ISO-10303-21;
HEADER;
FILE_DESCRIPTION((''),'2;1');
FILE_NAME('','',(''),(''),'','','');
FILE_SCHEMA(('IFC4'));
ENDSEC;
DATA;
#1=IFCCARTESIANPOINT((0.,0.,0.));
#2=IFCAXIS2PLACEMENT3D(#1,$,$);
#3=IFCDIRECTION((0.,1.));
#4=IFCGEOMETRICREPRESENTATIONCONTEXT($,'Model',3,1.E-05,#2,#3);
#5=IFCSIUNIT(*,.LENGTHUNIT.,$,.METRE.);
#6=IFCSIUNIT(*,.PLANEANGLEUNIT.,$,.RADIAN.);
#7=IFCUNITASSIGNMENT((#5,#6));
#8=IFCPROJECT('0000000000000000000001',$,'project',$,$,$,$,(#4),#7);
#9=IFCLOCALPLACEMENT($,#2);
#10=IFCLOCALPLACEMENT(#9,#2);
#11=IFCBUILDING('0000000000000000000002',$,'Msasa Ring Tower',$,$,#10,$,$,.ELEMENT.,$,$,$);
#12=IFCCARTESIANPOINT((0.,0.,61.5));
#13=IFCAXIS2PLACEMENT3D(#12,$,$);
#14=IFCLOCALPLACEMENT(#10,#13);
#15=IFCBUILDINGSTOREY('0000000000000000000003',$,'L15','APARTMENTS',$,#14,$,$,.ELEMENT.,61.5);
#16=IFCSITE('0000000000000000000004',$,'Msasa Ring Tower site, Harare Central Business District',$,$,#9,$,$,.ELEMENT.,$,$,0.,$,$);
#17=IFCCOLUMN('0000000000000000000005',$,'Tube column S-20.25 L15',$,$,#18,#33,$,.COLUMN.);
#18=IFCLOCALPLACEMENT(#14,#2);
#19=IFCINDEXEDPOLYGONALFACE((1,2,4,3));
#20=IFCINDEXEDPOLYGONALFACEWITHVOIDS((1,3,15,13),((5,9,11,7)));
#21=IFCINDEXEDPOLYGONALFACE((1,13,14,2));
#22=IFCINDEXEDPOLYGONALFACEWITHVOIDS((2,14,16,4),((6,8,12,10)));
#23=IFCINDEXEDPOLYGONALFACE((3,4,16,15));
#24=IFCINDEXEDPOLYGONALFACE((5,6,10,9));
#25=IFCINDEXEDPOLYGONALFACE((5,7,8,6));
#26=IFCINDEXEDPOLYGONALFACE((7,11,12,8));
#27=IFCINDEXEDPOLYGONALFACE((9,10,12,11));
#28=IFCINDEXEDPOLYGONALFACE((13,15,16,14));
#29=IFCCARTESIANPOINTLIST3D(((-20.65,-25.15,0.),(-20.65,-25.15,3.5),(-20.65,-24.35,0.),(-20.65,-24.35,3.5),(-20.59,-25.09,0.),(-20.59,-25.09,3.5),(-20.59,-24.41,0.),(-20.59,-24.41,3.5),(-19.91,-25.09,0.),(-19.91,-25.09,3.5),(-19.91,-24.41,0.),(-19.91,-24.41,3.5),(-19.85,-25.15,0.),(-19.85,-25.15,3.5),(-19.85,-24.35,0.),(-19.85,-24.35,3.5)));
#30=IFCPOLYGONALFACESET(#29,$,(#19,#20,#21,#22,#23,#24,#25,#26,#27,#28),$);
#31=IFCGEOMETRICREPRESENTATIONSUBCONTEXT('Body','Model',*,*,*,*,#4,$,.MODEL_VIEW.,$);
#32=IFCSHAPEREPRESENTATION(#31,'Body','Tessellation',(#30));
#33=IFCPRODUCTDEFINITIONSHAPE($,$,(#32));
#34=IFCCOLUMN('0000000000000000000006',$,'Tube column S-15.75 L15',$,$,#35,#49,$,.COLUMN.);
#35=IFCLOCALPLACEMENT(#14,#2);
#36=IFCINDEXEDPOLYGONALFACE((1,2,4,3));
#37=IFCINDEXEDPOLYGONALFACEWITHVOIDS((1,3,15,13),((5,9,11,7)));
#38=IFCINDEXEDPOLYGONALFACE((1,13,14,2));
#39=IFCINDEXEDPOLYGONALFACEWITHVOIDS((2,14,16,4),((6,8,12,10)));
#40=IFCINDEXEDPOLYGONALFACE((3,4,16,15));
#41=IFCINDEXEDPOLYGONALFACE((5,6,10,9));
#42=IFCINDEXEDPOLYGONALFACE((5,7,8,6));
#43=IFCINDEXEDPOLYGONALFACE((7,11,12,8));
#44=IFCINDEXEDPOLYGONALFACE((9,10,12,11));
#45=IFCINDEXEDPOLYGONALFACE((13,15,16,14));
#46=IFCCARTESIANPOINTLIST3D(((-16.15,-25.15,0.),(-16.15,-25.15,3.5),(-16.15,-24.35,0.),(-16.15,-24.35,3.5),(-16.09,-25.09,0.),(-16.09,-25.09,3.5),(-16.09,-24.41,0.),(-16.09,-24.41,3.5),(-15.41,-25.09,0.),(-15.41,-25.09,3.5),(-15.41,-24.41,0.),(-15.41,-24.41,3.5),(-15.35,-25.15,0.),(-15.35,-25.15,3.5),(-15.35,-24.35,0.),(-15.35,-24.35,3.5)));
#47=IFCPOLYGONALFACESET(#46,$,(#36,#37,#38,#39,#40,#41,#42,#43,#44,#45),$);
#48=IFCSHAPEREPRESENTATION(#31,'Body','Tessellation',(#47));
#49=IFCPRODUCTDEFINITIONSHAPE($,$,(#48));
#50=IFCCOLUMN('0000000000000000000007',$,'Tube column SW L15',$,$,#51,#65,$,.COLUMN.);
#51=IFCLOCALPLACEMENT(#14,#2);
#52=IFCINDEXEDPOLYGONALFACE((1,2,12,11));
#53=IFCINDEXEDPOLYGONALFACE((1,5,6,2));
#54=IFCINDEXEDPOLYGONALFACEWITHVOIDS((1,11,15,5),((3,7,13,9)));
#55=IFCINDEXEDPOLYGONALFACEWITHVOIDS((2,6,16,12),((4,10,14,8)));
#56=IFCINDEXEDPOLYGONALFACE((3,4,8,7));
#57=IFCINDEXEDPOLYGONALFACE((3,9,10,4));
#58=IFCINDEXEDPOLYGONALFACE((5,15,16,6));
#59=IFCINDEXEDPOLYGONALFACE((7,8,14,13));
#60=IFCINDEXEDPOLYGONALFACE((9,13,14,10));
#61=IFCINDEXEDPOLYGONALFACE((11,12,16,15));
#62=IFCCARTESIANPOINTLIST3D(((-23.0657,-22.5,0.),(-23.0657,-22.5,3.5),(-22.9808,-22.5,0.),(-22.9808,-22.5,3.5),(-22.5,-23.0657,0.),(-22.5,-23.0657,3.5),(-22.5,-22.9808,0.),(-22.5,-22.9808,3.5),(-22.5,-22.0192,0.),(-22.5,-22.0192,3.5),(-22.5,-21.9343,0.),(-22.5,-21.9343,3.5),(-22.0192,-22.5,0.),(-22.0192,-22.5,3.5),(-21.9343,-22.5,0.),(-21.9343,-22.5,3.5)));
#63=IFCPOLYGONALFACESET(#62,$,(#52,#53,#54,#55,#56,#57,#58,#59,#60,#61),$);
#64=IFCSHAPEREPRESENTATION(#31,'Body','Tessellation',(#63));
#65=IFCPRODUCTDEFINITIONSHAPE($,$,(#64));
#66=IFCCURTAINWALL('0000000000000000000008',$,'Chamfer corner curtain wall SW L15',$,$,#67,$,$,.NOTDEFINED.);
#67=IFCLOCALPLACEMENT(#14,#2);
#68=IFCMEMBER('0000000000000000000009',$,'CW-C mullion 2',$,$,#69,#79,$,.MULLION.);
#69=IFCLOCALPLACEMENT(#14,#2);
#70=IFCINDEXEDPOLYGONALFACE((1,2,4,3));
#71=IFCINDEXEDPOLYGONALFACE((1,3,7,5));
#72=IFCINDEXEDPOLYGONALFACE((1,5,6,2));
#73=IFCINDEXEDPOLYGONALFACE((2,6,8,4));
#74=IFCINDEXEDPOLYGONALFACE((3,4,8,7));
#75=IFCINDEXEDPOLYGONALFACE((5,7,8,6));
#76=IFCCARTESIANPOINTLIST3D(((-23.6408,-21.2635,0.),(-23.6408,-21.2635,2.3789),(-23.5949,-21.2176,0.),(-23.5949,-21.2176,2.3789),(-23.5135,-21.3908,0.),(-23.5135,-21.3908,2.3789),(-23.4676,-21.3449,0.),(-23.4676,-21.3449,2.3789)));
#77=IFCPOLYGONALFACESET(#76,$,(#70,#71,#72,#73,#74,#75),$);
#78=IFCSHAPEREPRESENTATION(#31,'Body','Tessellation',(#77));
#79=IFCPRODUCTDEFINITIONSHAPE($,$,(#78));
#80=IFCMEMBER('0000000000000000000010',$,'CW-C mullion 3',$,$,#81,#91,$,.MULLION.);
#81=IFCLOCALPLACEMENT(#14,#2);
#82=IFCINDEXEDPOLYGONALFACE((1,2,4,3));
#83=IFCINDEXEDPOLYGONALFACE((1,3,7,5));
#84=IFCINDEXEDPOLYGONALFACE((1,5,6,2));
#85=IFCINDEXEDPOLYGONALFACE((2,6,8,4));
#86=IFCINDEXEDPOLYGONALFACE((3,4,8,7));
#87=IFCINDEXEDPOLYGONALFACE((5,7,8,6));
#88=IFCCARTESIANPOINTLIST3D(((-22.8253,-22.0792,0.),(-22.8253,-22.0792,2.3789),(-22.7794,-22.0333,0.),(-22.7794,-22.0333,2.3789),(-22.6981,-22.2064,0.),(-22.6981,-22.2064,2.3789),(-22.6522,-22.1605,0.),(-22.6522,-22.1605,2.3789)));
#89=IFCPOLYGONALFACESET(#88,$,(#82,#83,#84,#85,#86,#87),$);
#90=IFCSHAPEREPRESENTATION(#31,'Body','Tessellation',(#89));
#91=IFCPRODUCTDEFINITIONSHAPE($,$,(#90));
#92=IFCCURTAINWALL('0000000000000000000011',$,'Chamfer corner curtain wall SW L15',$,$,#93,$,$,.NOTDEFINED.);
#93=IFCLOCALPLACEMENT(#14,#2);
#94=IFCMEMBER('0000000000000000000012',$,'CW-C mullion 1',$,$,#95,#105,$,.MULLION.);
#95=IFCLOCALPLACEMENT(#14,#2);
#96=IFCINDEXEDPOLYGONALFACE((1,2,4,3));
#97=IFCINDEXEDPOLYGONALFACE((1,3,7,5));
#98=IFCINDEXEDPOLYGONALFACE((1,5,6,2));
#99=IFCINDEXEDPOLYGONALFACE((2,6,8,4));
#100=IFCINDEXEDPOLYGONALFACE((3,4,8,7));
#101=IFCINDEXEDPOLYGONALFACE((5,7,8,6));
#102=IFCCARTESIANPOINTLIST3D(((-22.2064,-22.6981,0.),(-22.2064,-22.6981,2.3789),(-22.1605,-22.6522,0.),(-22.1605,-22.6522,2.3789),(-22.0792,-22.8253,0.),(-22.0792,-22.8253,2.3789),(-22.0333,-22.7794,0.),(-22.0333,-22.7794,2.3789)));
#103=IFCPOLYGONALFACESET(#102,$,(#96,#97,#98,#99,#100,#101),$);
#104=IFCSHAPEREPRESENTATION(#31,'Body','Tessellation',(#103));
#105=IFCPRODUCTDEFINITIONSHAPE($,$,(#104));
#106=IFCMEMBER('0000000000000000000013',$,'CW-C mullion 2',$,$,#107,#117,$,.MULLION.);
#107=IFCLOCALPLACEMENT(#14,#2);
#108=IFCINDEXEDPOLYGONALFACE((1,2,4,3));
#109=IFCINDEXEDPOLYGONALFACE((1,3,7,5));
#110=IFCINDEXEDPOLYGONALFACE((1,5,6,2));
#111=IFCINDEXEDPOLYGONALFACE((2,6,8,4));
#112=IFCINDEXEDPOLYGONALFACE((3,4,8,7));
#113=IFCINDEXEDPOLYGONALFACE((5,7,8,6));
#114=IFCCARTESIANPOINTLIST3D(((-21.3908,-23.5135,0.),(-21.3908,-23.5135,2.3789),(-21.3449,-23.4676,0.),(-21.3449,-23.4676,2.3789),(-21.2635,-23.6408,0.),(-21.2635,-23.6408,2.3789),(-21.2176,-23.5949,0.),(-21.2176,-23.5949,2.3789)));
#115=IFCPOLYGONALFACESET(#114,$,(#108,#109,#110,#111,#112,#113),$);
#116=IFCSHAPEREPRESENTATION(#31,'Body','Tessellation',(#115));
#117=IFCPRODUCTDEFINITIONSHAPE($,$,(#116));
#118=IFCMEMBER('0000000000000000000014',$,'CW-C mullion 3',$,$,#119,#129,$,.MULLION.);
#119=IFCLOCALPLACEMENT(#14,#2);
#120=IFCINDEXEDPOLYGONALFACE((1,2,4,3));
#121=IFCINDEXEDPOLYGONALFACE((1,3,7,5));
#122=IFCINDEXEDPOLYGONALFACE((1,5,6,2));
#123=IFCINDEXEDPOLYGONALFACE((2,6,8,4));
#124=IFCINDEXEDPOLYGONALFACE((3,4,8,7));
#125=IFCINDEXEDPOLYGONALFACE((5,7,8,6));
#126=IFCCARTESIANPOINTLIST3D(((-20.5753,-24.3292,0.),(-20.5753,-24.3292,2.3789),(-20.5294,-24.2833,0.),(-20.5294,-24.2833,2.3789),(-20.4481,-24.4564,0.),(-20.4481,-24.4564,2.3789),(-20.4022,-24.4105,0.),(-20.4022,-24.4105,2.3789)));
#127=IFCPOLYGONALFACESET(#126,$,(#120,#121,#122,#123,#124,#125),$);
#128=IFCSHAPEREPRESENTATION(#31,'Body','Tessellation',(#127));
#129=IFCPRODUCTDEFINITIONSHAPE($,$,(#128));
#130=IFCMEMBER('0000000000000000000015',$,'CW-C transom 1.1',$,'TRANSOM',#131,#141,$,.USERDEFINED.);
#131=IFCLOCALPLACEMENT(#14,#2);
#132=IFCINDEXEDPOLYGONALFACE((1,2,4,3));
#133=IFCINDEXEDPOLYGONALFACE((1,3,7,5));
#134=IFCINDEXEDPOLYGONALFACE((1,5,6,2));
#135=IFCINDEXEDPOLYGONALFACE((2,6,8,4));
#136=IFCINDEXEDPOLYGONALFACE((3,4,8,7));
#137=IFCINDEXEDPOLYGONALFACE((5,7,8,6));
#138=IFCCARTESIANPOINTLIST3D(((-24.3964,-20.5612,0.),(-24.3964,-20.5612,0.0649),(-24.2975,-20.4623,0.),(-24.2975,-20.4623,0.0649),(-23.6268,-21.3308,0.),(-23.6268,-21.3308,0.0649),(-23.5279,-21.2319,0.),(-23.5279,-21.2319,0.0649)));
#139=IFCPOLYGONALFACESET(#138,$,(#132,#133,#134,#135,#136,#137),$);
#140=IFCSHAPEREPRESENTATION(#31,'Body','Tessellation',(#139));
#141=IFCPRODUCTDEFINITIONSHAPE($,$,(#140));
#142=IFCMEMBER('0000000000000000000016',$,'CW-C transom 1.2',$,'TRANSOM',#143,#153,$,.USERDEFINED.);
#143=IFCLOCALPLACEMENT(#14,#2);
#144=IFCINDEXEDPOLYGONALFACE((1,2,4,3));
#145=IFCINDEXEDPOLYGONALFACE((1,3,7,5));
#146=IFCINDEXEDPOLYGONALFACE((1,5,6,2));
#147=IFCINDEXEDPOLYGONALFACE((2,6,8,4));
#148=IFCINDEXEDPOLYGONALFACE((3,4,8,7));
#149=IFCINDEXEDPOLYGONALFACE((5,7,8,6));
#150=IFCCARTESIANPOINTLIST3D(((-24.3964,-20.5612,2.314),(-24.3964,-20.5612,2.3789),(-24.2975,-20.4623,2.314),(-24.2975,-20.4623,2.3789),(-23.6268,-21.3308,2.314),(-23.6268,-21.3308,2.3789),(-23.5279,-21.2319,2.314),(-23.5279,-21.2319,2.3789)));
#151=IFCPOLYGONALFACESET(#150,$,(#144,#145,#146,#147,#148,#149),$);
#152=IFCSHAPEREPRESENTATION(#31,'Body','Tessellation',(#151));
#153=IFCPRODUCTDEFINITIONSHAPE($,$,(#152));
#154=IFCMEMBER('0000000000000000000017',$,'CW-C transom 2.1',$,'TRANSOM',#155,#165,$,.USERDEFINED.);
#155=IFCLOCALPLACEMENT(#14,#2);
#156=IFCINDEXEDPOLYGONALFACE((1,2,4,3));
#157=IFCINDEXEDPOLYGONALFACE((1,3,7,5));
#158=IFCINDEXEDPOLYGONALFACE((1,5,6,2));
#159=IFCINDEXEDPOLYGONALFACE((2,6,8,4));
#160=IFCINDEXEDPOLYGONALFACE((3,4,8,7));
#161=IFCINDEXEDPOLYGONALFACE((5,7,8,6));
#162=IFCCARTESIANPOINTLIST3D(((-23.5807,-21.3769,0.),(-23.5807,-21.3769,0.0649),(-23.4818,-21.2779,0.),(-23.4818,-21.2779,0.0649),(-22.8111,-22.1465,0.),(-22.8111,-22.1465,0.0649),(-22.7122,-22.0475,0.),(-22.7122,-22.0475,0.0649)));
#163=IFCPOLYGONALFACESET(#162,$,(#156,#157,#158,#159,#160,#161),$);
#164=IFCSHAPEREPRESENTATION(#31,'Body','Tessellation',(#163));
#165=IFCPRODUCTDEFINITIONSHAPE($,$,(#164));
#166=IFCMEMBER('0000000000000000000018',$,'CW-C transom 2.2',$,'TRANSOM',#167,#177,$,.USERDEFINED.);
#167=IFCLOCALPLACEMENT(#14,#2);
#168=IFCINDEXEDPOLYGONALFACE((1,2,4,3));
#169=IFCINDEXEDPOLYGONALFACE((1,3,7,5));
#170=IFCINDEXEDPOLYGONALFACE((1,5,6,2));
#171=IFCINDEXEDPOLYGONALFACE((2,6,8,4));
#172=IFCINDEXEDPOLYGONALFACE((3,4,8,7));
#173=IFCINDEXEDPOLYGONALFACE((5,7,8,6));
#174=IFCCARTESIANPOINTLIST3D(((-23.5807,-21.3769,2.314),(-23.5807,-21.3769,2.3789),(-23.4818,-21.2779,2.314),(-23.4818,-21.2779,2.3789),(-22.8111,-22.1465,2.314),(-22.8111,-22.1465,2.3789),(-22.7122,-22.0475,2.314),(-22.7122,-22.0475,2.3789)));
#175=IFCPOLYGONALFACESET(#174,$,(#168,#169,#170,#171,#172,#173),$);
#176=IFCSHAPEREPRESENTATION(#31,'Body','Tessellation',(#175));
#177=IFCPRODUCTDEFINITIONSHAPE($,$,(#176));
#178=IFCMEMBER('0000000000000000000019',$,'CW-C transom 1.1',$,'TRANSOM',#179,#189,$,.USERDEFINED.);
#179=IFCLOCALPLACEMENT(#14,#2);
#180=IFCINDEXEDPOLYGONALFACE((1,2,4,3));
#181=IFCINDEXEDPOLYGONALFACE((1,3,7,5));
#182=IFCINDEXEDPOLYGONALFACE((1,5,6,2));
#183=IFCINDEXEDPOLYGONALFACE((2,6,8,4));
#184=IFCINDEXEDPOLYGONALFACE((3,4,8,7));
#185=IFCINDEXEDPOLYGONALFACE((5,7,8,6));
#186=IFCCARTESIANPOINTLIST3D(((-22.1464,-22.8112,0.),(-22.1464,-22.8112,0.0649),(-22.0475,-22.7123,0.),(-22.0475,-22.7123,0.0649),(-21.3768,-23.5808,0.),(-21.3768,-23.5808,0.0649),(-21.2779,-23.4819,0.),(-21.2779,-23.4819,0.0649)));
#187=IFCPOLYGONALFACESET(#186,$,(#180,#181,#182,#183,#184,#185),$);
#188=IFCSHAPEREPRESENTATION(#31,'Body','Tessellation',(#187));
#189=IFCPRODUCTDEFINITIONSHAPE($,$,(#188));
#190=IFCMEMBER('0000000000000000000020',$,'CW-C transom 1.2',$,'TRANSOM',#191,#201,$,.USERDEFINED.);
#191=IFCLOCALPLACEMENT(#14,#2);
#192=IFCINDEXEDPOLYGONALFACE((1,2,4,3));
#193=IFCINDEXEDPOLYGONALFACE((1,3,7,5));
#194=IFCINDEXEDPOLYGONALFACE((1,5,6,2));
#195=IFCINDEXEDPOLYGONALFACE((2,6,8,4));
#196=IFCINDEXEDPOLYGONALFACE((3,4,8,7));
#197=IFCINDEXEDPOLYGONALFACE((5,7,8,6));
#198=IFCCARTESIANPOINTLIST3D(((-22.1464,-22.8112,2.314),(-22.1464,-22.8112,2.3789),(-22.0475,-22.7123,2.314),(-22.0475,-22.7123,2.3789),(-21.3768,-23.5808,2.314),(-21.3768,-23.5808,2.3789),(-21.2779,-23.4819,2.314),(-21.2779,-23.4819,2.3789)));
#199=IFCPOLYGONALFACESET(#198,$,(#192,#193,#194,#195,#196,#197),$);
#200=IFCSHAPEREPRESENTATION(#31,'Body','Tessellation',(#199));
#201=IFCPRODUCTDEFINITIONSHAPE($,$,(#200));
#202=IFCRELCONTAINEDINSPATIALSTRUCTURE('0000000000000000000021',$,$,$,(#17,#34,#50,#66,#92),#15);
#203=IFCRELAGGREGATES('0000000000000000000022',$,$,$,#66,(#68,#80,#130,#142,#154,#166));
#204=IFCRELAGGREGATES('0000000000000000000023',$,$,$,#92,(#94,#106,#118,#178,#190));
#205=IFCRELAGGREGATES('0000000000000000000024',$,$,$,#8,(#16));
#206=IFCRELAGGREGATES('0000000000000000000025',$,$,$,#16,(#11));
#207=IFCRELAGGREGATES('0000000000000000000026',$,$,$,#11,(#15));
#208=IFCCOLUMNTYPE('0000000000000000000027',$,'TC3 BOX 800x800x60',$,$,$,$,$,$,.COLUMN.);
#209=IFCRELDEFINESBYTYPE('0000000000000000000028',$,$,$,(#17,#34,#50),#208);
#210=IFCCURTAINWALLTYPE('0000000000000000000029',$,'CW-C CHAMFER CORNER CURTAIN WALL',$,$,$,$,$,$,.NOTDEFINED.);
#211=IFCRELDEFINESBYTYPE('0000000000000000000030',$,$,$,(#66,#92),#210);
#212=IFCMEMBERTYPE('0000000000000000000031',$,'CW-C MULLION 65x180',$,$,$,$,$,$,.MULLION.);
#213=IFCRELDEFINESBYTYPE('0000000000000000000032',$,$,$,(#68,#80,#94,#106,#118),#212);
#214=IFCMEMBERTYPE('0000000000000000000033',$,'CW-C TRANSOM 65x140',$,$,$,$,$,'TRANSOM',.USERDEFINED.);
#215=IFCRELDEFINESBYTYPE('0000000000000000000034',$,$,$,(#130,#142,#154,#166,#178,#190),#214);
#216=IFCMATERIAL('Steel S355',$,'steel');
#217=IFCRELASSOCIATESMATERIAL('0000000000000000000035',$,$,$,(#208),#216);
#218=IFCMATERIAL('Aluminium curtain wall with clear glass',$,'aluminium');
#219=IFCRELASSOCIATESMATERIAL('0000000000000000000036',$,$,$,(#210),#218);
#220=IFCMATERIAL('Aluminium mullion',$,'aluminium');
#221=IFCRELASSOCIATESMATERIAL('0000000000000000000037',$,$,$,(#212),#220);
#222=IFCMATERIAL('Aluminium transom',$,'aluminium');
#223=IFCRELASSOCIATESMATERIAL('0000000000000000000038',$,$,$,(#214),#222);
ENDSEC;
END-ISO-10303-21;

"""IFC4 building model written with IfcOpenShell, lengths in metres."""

from ifc_helpers import new_model, si_unit, direction, frame, origin, origin_2d, place, context, subcontext, project, spatial, rectangle, hollow_rectangle, extrude, material, material_profile, profile_set, type_object, element, aggregate, save


model = new_model("IFC4")

# Units and contexts
model_context = context("Model", 3, precision=1e-05, world=origin(), true_north=direction((0.0, 1.0)))
body_context = subcontext(model_context, "Body", "Model", "MODEL_VIEW")
ifc_project = project(units=[si_unit("LENGTHUNIT", "METRE"), si_unit("PLANEANGLEUNIT", "RADIAN")], contexts=[model_context])

# Site, building, storey
site_placement = place(None, origin())
site = spatial("IfcSite", under=ifc_project, at=site_placement, Name="Msasa Ring Tower site, Harare Central Business District", CompositionType="ELEMENT", RefElevation=0.0)
building_placement = place(site_placement, origin())
building = spatial("IfcBuilding", under=site, at=building_placement, Name="Msasa Ring Tower", CompositionType="ELEMENT")
storey_placement = place(building_placement, frame((0.0, 0.0, 61.5)))
storey = spatial("IfcBuildingStorey", under=building, at=storey_placement, Name="L15", Description="APARTMENTS", CompositionType="ELEMENT", Elevation=61.5)

# Columns
ifc_material_1 = material(Name="Steel S355", Category="steel")
ifc_material_profile_1 = material_profile(ifc_material_1, hollow_rectangle(XDim=0.8, YDim=0.8, WallThickness=0.0601, at=origin_2d()), Name="BOX 800x800x60")
ifc_profile_set_1 = profile_set([ifc_material_profile_1], Name="Steel S355")
column_type = type_object("IfcColumnType", Name="TC3 BOX 800x800x60", PredefinedType="COLUMN", material=ifc_profile_set_1)
for number, where, z_axis, x_axis, name in (
    (1, (-20.25, -24.75, 0.0), (0.0, 0.0, 1.0), (0.0, 1.0, 0.0), "Tube column S-20.25 L15"),
    (2, (-15.75, -24.75, 0.0), (0.0, 0.0, 1.0), (0.0, 1.0, 0.0), "Tube column S-15.75 L15"),
    (3, (-22.5, -22.5, 0.0), (0.0, 0.0, 1.0), (0.707107, 0.707107, 0.0), "Tube column SW L15"),
):
    element("IfcColumn", number, at=place(storey_placement, frame(where, z_axis=z_axis, x_axis=x_axis)), inside=storey, type_object=column_type, Name=name, PredefinedType="COLUMN", context=body_context, shape_type="SweptSolid", body=[
        extrude(hollow_rectangle(XDim=0.8, YDim=0.8, WallThickness=0.0601, at=origin_2d()), origin(), (0.0, 0.0, 1.0), 3.5),
    ])

# Curtain walls, members
ifc_material_2 = material(Name="Aluminium curtain wall with clear glass", Category="aluminium")
curtain_wall_type = type_object("IfcCurtainWallType", Name="CW-C CHAMFER CORNER CURTAIN WALL", PredefinedType="NOTDEFINED", material=ifc_material_2)
curtain_wall_1_placement = place(storey_placement, origin())
curtain_wall_1 = element("IfcCurtainWall", 4, at=curtain_wall_1_placement, inside=storey, type_object=curtain_wall_type, Name="Chamfer corner curtain wall SW L15", PredefinedType="NOTDEFINED")
ifc_material_3 = material(Name="Aluminium mullion", Category="aluminium")
ifc_material_profile_2 = material_profile(ifc_material_3, rectangle(XDim=0.0649, YDim=0.1799, at=origin_2d()), Name="AL 65x180")
ifc_profile_set_2 = profile_set([ifc_material_profile_2], Name="Aluminium mullion")
member_type_1 = type_object("IfcMemberType", Name="CW-C MULLION 65x180", PredefinedType="MULLION", material=ifc_profile_set_2)
member_1_placement = place(storey_placement, frame((-23.5542, -21.3042, 0.0), z_axis=(0.0, 0.0, 1.0), x_axis=(0.707107, 0.707107, 0.0)))
member_1 = element("IfcMember", 5, at=member_1_placement, type_object=member_type_1, Name="CW-C mullion 2", PredefinedType="MULLION", context=body_context, shape_type="SweptSolid", body=[
    extrude(rectangle(XDim=0.0649, YDim=0.1799, at=origin_2d()), origin(), (0.0, 0.0, 1.0), 2.3789),
])
member_2_placement = place(storey_placement, frame((-22.7388, -22.1199, 0.0), z_axis=(0.0, 0.0, 1.0), x_axis=(0.707107, 0.707107, 0.0)))
member_2 = element("IfcMember", 6, at=member_2_placement, type_object=member_type_1, Name="CW-C mullion 3", PredefinedType="MULLION", context=body_context, shape_type="SweptSolid", body=[
    extrude(rectangle(XDim=0.0649, YDim=0.1799, at=origin_2d()), origin(), (0.0, 0.0, 1.0), 2.3789),
])
curtain_wall_2_placement = place(storey_placement, origin())
curtain_wall_2 = element("IfcCurtainWall", 7, at=curtain_wall_2_placement, inside=storey, type_object=curtain_wall_type, Name="Chamfer corner curtain wall SW L15", PredefinedType="NOTDEFINED")
member_3_placement = place(storey_placement, frame((-22.1199, -22.7388, 0.0), z_axis=(0.0, 0.0, 1.0), x_axis=(0.707107, 0.707107, 0.0)))
member_3 = element("IfcMember", 8, at=member_3_placement, type_object=member_type_1, Name="CW-C mullion 1", PredefinedType="MULLION", context=body_context, shape_type="SweptSolid", body=[
    extrude(rectangle(XDim=0.0649, YDim=0.1799, at=origin_2d()), origin(), (0.0, 0.0, 1.0), 2.3789),
])
member_4_placement = place(storey_placement, frame((-21.3042, -23.5542, 0.0), z_axis=(0.0, 0.0, 1.0), x_axis=(0.707107, 0.707107, 0.0)))
member_4 = element("IfcMember", 9, at=member_4_placement, type_object=member_type_1, Name="CW-C mullion 2", PredefinedType="MULLION", context=body_context, shape_type="SweptSolid", body=[
    extrude(rectangle(XDim=0.0649, YDim=0.1799, at=origin_2d()), origin(), (0.0, 0.0, 1.0), 2.3789),
])
member_5_placement = place(storey_placement, frame((-20.4888, -24.3699, 0.0), z_axis=(0.0, 0.0, 1.0), x_axis=(0.707107, 0.707107, 0.0)))
member_5 = element("IfcMember", 10, at=member_5_placement, type_object=member_type_1, Name="CW-C mullion 3", PredefinedType="MULLION", context=body_context, shape_type="SweptSolid", body=[
    extrude(rectangle(XDim=0.0649, YDim=0.1799, at=origin_2d()), origin(), (0.0, 0.0, 1.0), 2.3789),
])

# Members
ifc_material_4 = material(Name="Aluminium transom", Category="aluminium")
ifc_material_profile_3 = material_profile(ifc_material_4, rectangle(XDim=0.1399, YDim=0.0649, at=origin_2d()), Name="AL 65x140")
ifc_profile_set_3 = profile_set([ifc_material_profile_3], Name="Aluminium transom")
member_type_2 = type_object("IfcMemberType", Name="CW-C TRANSOM 65x140", ElementType="TRANSOM", PredefinedType="USERDEFINED", material=ifc_profile_set_3)
member_6_placement = place(storey_placement, frame((-24.3469, -20.5117, 0.0325), z_axis=(0.707107, -0.707107, 0.0), x_axis=(0.707107, 0.707107, 0.0)))
member_6 = element("IfcMember", 11, at=member_6_placement, type_object=member_type_2, Name="CW-C transom 1.1", ObjectType="TRANSOM", PredefinedType="USERDEFINED", context=body_context, shape_type="SweptSolid", body=[
    extrude(rectangle(XDim=0.1399, YDim=0.0649, at=origin_2d()), origin(), (0.0, 0.0, 1.0), 1.0884),
])
member_7_placement = place(storey_placement, frame((-24.3469, -20.5117, 2.3464), z_axis=(0.707107, -0.707107, 0.0), x_axis=(0.707107, 0.707107, 0.0)))
member_7 = element("IfcMember", 12, at=member_7_placement, type_object=member_type_2, Name="CW-C transom 1.2", ObjectType="TRANSOM", PredefinedType="USERDEFINED", context=body_context, shape_type="SweptSolid", body=[
    extrude(rectangle(XDim=0.1399, YDim=0.0649, at=origin_2d()), origin(), (0.0, 0.0, 1.0), 1.0884),
])
member_8_placement = place(storey_placement, frame((-23.5312, -21.3274, 0.0325), z_axis=(0.707107, -0.707107, 0.0), x_axis=(0.707107, 0.707107, 0.0)))
member_8 = element("IfcMember", 13, at=member_8_placement, type_object=member_type_2, Name="CW-C transom 2.1", ObjectType="TRANSOM", PredefinedType="USERDEFINED", context=body_context, shape_type="SweptSolid", body=[
    extrude(rectangle(XDim=0.1399, YDim=0.0649, at=origin_2d()), origin(), (0.0, 0.0, 1.0), 1.0884),
])
member_9_placement = place(storey_placement, frame((-23.5312, -21.3274, 2.3464), z_axis=(0.707107, -0.707107, 0.0), x_axis=(0.707107, 0.707107, 0.0)))
member_9 = element("IfcMember", 14, at=member_9_placement, type_object=member_type_2, Name="CW-C transom 2.2", ObjectType="TRANSOM", PredefinedType="USERDEFINED", context=body_context, shape_type="SweptSolid", body=[
    extrude(rectangle(XDim=0.1399, YDim=0.0649, at=origin_2d()), origin(), (0.0, 0.0, 1.0), 1.0884),
])
member_10_placement = place(storey_placement, frame((-22.0969, -22.7617, 0.0325), z_axis=(0.707107, -0.707107, 0.0), x_axis=(0.707107, 0.707107, 0.0)))
member_10 = element("IfcMember", 15, at=member_10_placement, type_object=member_type_2, Name="CW-C transom 1.1", ObjectType="TRANSOM", PredefinedType="USERDEFINED", context=body_context, shape_type="SweptSolid", body=[
    extrude(rectangle(XDim=0.1399, YDim=0.0649, at=origin_2d()), origin(), (0.0, 0.0, 1.0), 1.0884),
])
member_11_placement = place(storey_placement, frame((-22.0969, -22.7617, 2.3464), z_axis=(0.707107, -0.707107, 0.0), x_axis=(0.707107, 0.707107, 0.0)))
member_11 = element("IfcMember", 16, at=member_11_placement, type_object=member_type_2, Name="CW-C transom 1.2", ObjectType="TRANSOM", PredefinedType="USERDEFINED", context=body_context, shape_type="SweptSolid", body=[
    extrude(rectangle(XDim=0.1399, YDim=0.0649, at=origin_2d()), origin(), (0.0, 0.0, 1.0), 1.0884),
])

aggregate(curtain_wall_1, [member_1, member_2, member_6, member_7, member_8, member_9])
aggregate(curtain_wall_2, [member_3, member_4, member_5, member_10, member_11])

save(model, "model.ifc")
